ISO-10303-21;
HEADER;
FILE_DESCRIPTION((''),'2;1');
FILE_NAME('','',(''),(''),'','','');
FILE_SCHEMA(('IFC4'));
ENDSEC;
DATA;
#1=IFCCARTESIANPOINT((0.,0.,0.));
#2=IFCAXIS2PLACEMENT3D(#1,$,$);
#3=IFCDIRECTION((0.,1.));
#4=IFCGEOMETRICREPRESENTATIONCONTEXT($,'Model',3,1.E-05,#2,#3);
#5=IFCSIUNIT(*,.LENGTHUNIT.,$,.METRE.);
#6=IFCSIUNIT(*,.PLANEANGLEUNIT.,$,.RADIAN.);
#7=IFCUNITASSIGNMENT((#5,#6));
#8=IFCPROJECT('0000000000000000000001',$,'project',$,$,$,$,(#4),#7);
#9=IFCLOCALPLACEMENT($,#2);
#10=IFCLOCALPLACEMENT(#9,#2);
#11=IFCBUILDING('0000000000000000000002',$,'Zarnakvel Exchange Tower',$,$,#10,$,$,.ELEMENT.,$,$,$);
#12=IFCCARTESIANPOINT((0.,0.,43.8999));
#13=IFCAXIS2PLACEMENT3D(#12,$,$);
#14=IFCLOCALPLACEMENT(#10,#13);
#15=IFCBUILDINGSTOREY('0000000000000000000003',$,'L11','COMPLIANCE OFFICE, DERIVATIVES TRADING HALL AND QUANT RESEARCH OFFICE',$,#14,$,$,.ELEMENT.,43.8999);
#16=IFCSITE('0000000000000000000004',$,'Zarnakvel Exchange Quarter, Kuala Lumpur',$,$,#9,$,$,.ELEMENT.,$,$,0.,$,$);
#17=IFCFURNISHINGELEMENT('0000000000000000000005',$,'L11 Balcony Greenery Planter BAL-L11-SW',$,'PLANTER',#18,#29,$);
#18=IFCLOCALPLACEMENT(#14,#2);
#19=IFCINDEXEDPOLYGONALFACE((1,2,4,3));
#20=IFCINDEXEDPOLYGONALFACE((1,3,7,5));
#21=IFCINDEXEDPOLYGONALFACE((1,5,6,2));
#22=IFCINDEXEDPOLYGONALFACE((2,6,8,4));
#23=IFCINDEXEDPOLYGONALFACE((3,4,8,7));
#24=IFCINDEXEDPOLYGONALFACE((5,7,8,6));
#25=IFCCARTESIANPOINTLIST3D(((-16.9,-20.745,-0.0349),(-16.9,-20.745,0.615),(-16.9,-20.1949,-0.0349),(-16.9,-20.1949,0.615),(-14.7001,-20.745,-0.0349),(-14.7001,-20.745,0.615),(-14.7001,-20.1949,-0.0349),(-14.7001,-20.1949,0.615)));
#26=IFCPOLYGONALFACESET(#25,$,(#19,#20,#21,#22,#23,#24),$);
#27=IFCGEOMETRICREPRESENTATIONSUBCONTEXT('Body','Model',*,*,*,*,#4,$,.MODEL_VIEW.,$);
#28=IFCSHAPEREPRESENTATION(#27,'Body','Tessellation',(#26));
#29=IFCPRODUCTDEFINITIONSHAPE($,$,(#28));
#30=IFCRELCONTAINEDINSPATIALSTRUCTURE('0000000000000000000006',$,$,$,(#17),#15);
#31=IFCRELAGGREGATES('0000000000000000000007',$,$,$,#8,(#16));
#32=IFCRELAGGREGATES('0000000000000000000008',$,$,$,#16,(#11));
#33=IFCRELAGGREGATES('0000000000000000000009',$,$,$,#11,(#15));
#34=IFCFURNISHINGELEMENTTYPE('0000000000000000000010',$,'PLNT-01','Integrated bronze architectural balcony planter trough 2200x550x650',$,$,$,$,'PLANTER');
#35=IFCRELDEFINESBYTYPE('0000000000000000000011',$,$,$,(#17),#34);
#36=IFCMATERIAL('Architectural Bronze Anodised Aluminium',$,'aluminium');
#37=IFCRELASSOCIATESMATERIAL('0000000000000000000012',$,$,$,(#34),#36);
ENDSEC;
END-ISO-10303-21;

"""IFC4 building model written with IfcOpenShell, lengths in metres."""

from ifc_helpers import new_model, si_unit, direction, frame, origin, origin_2d, place, context, subcontext, project, spatial, rectangle, extrude, source, transform, mapped, material, type_object, element, save


model = new_model("IFC4")

# Units and contexts
model_context = context("Model", 3, precision=1e-05, world=origin(), true_north=direction((0.0, 1.0)))
body_context = subcontext(model_context, "Body", "Model", "MODEL_VIEW")
ifc_project = project(units=[si_unit("LENGTHUNIT", "METRE"), si_unit("PLANEANGLEUNIT", "RADIAN")], contexts=[model_context])

# Site, building, storey
site_placement = place(None, origin())
site = spatial("IfcSite", under=ifc_project, at=site_placement, Name="Zarnakvel Exchange Quarter, Kuala Lumpur", CompositionType="ELEMENT", RefElevation=0.0)
building_placement = place(site_placement, origin())
building = spatial("IfcBuilding", under=site, at=building_placement, Name="Zarnakvel Exchange Tower", CompositionType="ELEMENT")
storey_placement = place(building_placement, frame((0.0, 0.0, 43.8999)))
storey = spatial("IfcBuildingStorey", under=building, at=storey_placement, Name="L11", Description="COMPLIANCE OFFICE, DERIVATIVES TRADING HALL AND QUANT RESEARCH OFFICE", CompositionType="ELEMENT", Elevation=43.8999)

# Shared definitions
ifc_material_1 = material(Name="Architectural Bronze Anodised Aluminium", Category="aluminium")

# Furnishing element
furnishing_element_type = type_object("IfcFurnishingElementType", Name="PLNT-01", Description="Integrated bronze architectural balcony planter trough 2200x550x650", ElementType="PLANTER", material=ifc_material_1)
shared_shape_1 = source(origin(), body_context, "Body", "SweptSolid", [
    extrude(rectangle(XDim=2.2, YDim=0.55, at=origin_2d()), origin(), (0.0, 0.0, 1.0), 0.6499),
])
furnishing_placement = place(storey_placement, frame((-15.8, -20.47, -0.0349), z_axis=(0.0, 0.0, 1.0), x_axis=(1.0, 0.0, 0.0)))
element("IfcFurnishingElement", 1, at=furnishing_placement, inside=storey, type_object=furnishing_element_type, Name="L11 Balcony Greenery Planter BAL-L11-SW", ObjectType="PLANTER", context=body_context, shape_type="MappedRepresentation", body=[
    mapped(shared_shape_1, transform((0.0, 0.0, 0.0), x_axis=(1.0, 0.0, 0.0), y_axis=(0.0, 1.0, 0.0), z_axis=(0.0, 0.0, 1.0), scale=1.0)),
])

save(model, "model.ifc")
